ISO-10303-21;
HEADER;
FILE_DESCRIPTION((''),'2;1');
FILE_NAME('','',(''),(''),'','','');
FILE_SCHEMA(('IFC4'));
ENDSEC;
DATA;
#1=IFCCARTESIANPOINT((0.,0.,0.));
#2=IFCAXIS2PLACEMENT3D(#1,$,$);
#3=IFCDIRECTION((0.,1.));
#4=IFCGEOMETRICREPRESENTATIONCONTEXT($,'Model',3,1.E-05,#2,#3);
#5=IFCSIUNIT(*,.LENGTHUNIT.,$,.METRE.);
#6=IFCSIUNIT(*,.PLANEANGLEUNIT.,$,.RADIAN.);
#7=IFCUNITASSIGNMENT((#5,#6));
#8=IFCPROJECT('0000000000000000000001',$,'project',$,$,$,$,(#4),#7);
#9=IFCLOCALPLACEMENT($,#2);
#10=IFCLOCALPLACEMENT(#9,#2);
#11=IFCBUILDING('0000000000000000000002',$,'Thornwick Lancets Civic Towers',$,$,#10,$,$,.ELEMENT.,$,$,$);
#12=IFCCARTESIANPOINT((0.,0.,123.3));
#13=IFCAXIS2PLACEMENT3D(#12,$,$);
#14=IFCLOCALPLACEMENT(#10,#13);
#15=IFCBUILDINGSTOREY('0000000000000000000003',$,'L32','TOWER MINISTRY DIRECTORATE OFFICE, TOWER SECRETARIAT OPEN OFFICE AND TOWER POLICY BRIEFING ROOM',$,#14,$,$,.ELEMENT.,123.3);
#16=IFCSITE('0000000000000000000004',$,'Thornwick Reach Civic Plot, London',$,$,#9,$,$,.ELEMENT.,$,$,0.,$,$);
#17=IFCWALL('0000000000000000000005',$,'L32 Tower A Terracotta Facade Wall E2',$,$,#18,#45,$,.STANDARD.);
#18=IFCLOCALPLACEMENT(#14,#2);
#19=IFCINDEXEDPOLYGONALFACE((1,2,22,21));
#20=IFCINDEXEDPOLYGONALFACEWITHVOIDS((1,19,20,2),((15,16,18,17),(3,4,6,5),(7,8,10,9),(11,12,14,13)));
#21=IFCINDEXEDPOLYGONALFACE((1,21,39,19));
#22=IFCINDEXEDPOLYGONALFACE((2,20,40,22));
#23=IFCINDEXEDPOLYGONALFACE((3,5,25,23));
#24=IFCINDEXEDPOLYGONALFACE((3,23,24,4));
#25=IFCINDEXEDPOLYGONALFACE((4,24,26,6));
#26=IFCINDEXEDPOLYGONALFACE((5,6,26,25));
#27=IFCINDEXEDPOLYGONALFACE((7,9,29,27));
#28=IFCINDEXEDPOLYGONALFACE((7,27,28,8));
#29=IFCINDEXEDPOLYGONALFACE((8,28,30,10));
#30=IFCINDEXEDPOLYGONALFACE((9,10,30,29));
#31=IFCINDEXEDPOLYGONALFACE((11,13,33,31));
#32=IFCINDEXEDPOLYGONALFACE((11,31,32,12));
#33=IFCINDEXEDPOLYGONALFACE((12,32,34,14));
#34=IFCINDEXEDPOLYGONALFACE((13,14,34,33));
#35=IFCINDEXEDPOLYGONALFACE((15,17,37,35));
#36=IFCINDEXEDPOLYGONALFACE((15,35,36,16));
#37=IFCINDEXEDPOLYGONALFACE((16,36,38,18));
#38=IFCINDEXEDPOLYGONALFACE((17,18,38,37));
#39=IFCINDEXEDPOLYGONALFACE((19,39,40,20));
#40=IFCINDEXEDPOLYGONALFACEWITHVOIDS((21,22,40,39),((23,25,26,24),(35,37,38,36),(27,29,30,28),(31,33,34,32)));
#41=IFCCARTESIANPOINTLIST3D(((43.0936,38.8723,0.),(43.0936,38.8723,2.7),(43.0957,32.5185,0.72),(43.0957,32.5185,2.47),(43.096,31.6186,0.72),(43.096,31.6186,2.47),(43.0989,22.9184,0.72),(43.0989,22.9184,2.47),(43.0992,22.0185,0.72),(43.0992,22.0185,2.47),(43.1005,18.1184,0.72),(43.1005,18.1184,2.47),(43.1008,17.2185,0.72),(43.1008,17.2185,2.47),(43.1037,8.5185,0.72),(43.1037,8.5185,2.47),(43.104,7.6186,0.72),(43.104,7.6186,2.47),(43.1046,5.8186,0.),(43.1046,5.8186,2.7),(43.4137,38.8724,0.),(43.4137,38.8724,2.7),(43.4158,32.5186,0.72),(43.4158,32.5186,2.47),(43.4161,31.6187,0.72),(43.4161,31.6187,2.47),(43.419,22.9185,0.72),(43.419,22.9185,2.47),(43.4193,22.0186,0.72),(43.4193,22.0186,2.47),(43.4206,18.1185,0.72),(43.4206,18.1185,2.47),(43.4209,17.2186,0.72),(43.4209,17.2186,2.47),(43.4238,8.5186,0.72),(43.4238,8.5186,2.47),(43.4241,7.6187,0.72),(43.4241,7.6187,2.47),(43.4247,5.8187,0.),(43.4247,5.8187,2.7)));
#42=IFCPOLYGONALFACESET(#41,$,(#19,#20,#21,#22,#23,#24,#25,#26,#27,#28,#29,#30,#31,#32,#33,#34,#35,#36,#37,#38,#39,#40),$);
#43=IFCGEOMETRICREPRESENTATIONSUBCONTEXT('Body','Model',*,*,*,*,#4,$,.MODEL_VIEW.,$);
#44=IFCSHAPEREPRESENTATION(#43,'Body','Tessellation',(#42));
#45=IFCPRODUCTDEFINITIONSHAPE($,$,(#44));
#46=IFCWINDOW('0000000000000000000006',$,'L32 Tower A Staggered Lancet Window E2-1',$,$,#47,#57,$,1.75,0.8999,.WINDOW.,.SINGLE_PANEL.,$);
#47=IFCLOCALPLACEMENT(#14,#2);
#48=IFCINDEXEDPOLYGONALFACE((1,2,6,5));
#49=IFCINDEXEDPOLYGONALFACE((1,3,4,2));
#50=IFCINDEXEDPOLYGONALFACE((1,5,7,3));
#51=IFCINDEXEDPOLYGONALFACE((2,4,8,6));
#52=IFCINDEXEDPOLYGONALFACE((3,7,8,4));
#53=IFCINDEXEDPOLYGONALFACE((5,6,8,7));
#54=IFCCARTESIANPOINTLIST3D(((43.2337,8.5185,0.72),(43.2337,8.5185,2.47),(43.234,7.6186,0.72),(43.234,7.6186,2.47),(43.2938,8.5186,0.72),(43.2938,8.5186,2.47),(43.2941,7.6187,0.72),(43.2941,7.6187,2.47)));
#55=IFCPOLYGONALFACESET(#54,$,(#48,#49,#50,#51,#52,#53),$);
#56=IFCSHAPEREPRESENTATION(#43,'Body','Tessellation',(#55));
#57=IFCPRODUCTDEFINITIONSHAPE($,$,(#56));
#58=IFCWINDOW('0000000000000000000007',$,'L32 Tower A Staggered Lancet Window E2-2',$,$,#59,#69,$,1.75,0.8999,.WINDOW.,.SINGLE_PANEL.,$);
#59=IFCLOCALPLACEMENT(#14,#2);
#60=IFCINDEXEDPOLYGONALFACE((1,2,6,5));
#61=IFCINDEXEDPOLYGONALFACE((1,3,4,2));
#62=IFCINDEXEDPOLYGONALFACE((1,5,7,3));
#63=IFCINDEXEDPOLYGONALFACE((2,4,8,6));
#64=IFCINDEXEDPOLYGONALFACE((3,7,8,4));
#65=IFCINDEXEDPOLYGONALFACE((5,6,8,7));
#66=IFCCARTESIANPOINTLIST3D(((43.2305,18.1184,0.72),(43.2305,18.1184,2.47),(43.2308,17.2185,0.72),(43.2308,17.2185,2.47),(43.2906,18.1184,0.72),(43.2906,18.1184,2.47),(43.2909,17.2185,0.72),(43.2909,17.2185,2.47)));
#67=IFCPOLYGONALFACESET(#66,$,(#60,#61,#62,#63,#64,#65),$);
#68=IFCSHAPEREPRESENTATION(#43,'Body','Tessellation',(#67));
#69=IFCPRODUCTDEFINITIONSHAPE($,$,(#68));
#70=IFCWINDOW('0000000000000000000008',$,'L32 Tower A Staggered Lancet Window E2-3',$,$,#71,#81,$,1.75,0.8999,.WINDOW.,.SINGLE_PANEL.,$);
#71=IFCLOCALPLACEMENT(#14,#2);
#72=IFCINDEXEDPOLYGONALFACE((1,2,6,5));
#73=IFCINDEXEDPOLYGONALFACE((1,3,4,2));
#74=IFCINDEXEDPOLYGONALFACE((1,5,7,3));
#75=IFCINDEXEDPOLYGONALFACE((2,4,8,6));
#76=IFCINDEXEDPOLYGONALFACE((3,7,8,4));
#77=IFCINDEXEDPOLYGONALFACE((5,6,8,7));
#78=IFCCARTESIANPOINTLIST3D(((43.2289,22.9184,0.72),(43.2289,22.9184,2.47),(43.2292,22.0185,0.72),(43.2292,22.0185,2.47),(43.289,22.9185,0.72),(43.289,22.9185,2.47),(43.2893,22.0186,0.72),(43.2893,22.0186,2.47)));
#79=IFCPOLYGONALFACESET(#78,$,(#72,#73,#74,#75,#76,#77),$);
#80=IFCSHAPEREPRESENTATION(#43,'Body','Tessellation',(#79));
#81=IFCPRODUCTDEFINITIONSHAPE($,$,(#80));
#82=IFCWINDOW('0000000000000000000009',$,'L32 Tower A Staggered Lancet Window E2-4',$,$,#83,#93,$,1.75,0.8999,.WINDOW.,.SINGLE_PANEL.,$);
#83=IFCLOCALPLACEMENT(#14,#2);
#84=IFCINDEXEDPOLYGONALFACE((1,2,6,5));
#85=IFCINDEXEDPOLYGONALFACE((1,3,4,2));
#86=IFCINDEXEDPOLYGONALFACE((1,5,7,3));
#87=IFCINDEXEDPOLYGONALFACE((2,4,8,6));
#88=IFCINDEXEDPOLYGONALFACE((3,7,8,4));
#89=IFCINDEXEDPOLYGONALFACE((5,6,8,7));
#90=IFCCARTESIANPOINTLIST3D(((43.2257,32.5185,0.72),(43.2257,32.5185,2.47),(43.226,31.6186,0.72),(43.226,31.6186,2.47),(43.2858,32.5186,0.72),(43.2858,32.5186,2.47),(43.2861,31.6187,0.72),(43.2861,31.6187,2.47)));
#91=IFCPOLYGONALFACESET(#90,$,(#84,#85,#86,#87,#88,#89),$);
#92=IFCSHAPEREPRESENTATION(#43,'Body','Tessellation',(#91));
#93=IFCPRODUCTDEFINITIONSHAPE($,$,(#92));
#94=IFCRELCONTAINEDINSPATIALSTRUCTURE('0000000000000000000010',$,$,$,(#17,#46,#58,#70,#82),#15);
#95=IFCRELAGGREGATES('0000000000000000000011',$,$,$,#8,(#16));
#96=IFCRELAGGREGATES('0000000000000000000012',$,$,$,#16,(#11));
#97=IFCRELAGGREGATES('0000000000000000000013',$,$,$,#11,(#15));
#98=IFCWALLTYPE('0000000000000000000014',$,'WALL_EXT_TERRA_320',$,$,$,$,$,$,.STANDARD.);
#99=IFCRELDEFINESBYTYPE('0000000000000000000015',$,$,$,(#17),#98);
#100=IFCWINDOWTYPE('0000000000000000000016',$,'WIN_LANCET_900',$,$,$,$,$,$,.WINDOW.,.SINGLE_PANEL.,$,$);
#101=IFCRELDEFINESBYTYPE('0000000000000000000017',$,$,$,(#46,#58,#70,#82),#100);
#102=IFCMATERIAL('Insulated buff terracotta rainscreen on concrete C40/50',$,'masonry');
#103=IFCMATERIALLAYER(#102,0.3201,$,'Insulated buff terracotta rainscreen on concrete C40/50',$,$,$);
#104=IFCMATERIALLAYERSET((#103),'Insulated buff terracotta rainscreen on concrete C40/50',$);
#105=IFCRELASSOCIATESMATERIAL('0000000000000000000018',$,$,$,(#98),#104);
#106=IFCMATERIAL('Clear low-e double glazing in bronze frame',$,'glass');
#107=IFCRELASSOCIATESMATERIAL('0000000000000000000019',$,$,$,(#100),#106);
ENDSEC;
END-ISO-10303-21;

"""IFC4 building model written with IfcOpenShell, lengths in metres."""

from ifc_helpers import new_model, si_unit, direction, frame, frame_2d, origin, place, context, subcontext, project, spatial, rectangle, extrude, material, layer, layer_set, type_object, element, fill, save


model = new_model("IFC4")

# Units and contexts
model_context = context("Model", 3, precision=1e-05, world=origin(), true_north=direction((0.0, 1.0)))
body_context = subcontext(model_context, "Body", "Model", "MODEL_VIEW")
ifc_project = project(units=[si_unit("LENGTHUNIT", "METRE"), si_unit("PLANEANGLEUNIT", "RADIAN")], contexts=[model_context])

# Site, building, storey
site_placement = place(None, origin())
site = spatial("IfcSite", under=ifc_project, at=site_placement, Name="Thornwick Reach Civic Plot, London", CompositionType="ELEMENT", RefElevation=0.0)
building_placement = place(site_placement, origin())
building = spatial("IfcBuilding", under=site, at=building_placement, Name="Thornwick Lancets Civic Towers", CompositionType="ELEMENT")
storey_placement = place(building_placement, frame((0.0, 0.0, 123.3)))
storey = spatial("IfcBuildingStorey", under=building, at=storey_placement, Name="L32", Description="TOWER MINISTRY DIRECTORATE OFFICE, TOWER SECRETARIAT OPEN OFFICE AND TOWER POLICY BRIEFING ROOM", CompositionType="ELEMENT", Elevation=123.3)

# Wall, openings, windows
ifc_material_1 = material(Name="Insulated buff terracotta rainscreen on concrete C40/50", Category="masonry")
ifc_layer_1 = layer(ifc_material_1, 0.3201, Name="Insulated buff terracotta rainscreen on concrete C40/50")
ifc_layer_set_1 = layer_set([ifc_layer_1], Name="Insulated buff terracotta rainscreen on concrete C40/50")
wall_type_1 = type_object("IfcWallType", Name="WALL_EXT_TERRA_320", PredefinedType="STANDARD", material=ifc_layer_set_1)
wall_1_placement = place(storey_placement, frame((43.2646, 5.8186, 0.0), z_axis=(0.0, 0.0, 1.0), x_axis=(-0.000332, 1.0, 0.0)))
wall_1 = element("IfcWall", 1, at=wall_1_placement, inside=storey, type_object=wall_type_1, Name="L32 Tower A Terracotta Facade Wall E2", PredefinedType="STANDARD", context=body_context, shape_type="SweptSolid", body=[
    extrude(rectangle(XDim=33.0537, YDim=0.3201, at=frame_2d((16.5269, 0.0))), origin(), (0.0, 0.0, 1.0), 2.7),
])
opening_1_placement = place(wall_1_placement, frame((1.8, 0.0, 0.72)))
opening_1 = element("IfcOpeningElement", 2, at=opening_1_placement, cuts=wall_1, PredefinedType="OPENING", context=body_context, shape_type="SweptSolid", body=[
    extrude(rectangle(XDim=0.8999, YDim=1.75, at=frame_2d((0.45, 0.875))), frame((0.0, 0.1699, 0.0), z_axis=(0.0, -1.0, 0.0), x_axis=(1.0, 0.0, 0.0)), (0.0, 0.0, 1.0), 0.3401),
])
opening_2_placement = place(wall_1_placement, frame((11.3999, 0.0, 0.72)))
opening_2 = element("IfcOpeningElement", 3, at=opening_2_placement, cuts=wall_1, PredefinedType="OPENING", context=body_context, shape_type="SweptSolid", body=[
    extrude(rectangle(XDim=0.8999, YDim=1.75, at=frame_2d((0.45, 0.875))), frame((0.0, 0.1699, 0.0), z_axis=(0.0, -1.0, 0.0), x_axis=(1.0, 0.0, 0.0)), (0.0, 0.0, 1.0), 0.3401),
])
opening_3_placement = place(wall_1_placement, frame((16.2, 0.0, 0.72)))
opening_3 = element("IfcOpeningElement", 4, at=opening_3_placement, cuts=wall_1, PredefinedType="OPENING", context=body_context, shape_type="SweptSolid", body=[
    extrude(rectangle(XDim=0.8999, YDim=1.75, at=frame_2d((0.45, 0.875))), frame((0.0, 0.1699, 0.0), z_axis=(0.0, -1.0, 0.0), x_axis=(1.0, 0.0, 0.0)), (0.0, 0.0, 1.0), 0.3401),
])
opening_4_placement = place(wall_1_placement, frame((25.8, 0.0, 0.72)))
opening_4 = element("IfcOpeningElement", 5, at=opening_4_placement, cuts=wall_1, PredefinedType="OPENING", context=body_context, shape_type="SweptSolid", body=[
    extrude(rectangle(XDim=0.8999, YDim=1.75, at=frame_2d((0.45, 0.875))), frame((0.0, 0.1699, 0.0), z_axis=(0.0, -1.0, 0.0), x_axis=(1.0, 0.0, 0.0)), (0.0, 0.0, 1.0), 0.3401),
])
ifc_material_2 = material(Name="Clear low-e double glazing in bronze frame", Category="glass")
window_type = type_object("IfcWindowType", Name="WIN_LANCET_900", PartitioningType="SINGLE_PANEL", PredefinedType="WINDOW", material=ifc_material_2)
window_1_placement = place(opening_1_placement, origin())
window_1 = element("IfcWindow", 6, at=window_1_placement, inside=storey, type_object=window_type, Name="L32 Tower A Staggered Lancet Window E2-1", OverallHeight=1.75, OverallWidth=0.8999, PartitioningType="SINGLE_PANEL", PredefinedType="WINDOW", context=body_context, shape_type="SweptSolid", body=[
    extrude(rectangle(XDim=0.8999, YDim=1.75, at=frame_2d((0.45, 0.875))), frame((0.0, 0.03, 0.0), z_axis=(0.0, -1.0, 0.0), x_axis=(1.0, 0.0, 0.0)), (0.0, 0.0, 1.0), 0.0601),
])
fill(opening_1, window_1)
window_2_placement = place(opening_2_placement, origin())
window_2 = element("IfcWindow", 7, at=window_2_placement, inside=storey, type_object=window_type, Name="L32 Tower A Staggered Lancet Window E2-2", OverallHeight=1.75, OverallWidth=0.8999, PartitioningType="SINGLE_PANEL", PredefinedType="WINDOW", context=body_context, shape_type="SweptSolid", body=[
    extrude(rectangle(XDim=0.8999, YDim=1.75, at=frame_2d((0.45, 0.875))), frame((0.0, 0.03, 0.0), z_axis=(0.0, -1.0, 0.0), x_axis=(1.0, 0.0, 0.0)), (0.0, 0.0, 1.0), 0.0601),
])
fill(opening_2, window_2)
window_3_placement = place(opening_3_placement, origin())
window_3 = element("IfcWindow", 8, at=window_3_placement, inside=storey, type_object=window_type, Name="L32 Tower A Staggered Lancet Window E2-3", OverallHeight=1.75, OverallWidth=0.8999, PartitioningType="SINGLE_PANEL", PredefinedType="WINDOW", context=body_context, shape_type="SweptSolid", body=[
    extrude(rectangle(XDim=0.8999, YDim=1.75, at=frame_2d((0.45, 0.875))), frame((0.0, 0.03, 0.0), z_axis=(0.0, -1.0, 0.0), x_axis=(1.0, 0.0, 0.0)), (0.0, 0.0, 1.0), 0.0601),
])
fill(opening_3, window_3)
window_4_placement = place(opening_4_placement, origin())
window_4 = element("IfcWindow", 9, at=window_4_placement, inside=storey, type_object=window_type, Name="L32 Tower A Staggered Lancet Window E2-4", OverallHeight=1.75, OverallWidth=0.8999, PartitioningType="SINGLE_PANEL", PredefinedType="WINDOW", context=body_context, shape_type="SweptSolid", body=[
    extrude(rectangle(XDim=0.8999, YDim=1.75, at=frame_2d((0.45, 0.875))), frame((0.0, 0.03, 0.0), z_axis=(0.0, -1.0, 0.0), x_axis=(1.0, 0.0, 0.0)), (0.0, 0.0, 1.0), 0.0601),
])
fill(opening_4, window_4)

save(model, "model.ifc")
